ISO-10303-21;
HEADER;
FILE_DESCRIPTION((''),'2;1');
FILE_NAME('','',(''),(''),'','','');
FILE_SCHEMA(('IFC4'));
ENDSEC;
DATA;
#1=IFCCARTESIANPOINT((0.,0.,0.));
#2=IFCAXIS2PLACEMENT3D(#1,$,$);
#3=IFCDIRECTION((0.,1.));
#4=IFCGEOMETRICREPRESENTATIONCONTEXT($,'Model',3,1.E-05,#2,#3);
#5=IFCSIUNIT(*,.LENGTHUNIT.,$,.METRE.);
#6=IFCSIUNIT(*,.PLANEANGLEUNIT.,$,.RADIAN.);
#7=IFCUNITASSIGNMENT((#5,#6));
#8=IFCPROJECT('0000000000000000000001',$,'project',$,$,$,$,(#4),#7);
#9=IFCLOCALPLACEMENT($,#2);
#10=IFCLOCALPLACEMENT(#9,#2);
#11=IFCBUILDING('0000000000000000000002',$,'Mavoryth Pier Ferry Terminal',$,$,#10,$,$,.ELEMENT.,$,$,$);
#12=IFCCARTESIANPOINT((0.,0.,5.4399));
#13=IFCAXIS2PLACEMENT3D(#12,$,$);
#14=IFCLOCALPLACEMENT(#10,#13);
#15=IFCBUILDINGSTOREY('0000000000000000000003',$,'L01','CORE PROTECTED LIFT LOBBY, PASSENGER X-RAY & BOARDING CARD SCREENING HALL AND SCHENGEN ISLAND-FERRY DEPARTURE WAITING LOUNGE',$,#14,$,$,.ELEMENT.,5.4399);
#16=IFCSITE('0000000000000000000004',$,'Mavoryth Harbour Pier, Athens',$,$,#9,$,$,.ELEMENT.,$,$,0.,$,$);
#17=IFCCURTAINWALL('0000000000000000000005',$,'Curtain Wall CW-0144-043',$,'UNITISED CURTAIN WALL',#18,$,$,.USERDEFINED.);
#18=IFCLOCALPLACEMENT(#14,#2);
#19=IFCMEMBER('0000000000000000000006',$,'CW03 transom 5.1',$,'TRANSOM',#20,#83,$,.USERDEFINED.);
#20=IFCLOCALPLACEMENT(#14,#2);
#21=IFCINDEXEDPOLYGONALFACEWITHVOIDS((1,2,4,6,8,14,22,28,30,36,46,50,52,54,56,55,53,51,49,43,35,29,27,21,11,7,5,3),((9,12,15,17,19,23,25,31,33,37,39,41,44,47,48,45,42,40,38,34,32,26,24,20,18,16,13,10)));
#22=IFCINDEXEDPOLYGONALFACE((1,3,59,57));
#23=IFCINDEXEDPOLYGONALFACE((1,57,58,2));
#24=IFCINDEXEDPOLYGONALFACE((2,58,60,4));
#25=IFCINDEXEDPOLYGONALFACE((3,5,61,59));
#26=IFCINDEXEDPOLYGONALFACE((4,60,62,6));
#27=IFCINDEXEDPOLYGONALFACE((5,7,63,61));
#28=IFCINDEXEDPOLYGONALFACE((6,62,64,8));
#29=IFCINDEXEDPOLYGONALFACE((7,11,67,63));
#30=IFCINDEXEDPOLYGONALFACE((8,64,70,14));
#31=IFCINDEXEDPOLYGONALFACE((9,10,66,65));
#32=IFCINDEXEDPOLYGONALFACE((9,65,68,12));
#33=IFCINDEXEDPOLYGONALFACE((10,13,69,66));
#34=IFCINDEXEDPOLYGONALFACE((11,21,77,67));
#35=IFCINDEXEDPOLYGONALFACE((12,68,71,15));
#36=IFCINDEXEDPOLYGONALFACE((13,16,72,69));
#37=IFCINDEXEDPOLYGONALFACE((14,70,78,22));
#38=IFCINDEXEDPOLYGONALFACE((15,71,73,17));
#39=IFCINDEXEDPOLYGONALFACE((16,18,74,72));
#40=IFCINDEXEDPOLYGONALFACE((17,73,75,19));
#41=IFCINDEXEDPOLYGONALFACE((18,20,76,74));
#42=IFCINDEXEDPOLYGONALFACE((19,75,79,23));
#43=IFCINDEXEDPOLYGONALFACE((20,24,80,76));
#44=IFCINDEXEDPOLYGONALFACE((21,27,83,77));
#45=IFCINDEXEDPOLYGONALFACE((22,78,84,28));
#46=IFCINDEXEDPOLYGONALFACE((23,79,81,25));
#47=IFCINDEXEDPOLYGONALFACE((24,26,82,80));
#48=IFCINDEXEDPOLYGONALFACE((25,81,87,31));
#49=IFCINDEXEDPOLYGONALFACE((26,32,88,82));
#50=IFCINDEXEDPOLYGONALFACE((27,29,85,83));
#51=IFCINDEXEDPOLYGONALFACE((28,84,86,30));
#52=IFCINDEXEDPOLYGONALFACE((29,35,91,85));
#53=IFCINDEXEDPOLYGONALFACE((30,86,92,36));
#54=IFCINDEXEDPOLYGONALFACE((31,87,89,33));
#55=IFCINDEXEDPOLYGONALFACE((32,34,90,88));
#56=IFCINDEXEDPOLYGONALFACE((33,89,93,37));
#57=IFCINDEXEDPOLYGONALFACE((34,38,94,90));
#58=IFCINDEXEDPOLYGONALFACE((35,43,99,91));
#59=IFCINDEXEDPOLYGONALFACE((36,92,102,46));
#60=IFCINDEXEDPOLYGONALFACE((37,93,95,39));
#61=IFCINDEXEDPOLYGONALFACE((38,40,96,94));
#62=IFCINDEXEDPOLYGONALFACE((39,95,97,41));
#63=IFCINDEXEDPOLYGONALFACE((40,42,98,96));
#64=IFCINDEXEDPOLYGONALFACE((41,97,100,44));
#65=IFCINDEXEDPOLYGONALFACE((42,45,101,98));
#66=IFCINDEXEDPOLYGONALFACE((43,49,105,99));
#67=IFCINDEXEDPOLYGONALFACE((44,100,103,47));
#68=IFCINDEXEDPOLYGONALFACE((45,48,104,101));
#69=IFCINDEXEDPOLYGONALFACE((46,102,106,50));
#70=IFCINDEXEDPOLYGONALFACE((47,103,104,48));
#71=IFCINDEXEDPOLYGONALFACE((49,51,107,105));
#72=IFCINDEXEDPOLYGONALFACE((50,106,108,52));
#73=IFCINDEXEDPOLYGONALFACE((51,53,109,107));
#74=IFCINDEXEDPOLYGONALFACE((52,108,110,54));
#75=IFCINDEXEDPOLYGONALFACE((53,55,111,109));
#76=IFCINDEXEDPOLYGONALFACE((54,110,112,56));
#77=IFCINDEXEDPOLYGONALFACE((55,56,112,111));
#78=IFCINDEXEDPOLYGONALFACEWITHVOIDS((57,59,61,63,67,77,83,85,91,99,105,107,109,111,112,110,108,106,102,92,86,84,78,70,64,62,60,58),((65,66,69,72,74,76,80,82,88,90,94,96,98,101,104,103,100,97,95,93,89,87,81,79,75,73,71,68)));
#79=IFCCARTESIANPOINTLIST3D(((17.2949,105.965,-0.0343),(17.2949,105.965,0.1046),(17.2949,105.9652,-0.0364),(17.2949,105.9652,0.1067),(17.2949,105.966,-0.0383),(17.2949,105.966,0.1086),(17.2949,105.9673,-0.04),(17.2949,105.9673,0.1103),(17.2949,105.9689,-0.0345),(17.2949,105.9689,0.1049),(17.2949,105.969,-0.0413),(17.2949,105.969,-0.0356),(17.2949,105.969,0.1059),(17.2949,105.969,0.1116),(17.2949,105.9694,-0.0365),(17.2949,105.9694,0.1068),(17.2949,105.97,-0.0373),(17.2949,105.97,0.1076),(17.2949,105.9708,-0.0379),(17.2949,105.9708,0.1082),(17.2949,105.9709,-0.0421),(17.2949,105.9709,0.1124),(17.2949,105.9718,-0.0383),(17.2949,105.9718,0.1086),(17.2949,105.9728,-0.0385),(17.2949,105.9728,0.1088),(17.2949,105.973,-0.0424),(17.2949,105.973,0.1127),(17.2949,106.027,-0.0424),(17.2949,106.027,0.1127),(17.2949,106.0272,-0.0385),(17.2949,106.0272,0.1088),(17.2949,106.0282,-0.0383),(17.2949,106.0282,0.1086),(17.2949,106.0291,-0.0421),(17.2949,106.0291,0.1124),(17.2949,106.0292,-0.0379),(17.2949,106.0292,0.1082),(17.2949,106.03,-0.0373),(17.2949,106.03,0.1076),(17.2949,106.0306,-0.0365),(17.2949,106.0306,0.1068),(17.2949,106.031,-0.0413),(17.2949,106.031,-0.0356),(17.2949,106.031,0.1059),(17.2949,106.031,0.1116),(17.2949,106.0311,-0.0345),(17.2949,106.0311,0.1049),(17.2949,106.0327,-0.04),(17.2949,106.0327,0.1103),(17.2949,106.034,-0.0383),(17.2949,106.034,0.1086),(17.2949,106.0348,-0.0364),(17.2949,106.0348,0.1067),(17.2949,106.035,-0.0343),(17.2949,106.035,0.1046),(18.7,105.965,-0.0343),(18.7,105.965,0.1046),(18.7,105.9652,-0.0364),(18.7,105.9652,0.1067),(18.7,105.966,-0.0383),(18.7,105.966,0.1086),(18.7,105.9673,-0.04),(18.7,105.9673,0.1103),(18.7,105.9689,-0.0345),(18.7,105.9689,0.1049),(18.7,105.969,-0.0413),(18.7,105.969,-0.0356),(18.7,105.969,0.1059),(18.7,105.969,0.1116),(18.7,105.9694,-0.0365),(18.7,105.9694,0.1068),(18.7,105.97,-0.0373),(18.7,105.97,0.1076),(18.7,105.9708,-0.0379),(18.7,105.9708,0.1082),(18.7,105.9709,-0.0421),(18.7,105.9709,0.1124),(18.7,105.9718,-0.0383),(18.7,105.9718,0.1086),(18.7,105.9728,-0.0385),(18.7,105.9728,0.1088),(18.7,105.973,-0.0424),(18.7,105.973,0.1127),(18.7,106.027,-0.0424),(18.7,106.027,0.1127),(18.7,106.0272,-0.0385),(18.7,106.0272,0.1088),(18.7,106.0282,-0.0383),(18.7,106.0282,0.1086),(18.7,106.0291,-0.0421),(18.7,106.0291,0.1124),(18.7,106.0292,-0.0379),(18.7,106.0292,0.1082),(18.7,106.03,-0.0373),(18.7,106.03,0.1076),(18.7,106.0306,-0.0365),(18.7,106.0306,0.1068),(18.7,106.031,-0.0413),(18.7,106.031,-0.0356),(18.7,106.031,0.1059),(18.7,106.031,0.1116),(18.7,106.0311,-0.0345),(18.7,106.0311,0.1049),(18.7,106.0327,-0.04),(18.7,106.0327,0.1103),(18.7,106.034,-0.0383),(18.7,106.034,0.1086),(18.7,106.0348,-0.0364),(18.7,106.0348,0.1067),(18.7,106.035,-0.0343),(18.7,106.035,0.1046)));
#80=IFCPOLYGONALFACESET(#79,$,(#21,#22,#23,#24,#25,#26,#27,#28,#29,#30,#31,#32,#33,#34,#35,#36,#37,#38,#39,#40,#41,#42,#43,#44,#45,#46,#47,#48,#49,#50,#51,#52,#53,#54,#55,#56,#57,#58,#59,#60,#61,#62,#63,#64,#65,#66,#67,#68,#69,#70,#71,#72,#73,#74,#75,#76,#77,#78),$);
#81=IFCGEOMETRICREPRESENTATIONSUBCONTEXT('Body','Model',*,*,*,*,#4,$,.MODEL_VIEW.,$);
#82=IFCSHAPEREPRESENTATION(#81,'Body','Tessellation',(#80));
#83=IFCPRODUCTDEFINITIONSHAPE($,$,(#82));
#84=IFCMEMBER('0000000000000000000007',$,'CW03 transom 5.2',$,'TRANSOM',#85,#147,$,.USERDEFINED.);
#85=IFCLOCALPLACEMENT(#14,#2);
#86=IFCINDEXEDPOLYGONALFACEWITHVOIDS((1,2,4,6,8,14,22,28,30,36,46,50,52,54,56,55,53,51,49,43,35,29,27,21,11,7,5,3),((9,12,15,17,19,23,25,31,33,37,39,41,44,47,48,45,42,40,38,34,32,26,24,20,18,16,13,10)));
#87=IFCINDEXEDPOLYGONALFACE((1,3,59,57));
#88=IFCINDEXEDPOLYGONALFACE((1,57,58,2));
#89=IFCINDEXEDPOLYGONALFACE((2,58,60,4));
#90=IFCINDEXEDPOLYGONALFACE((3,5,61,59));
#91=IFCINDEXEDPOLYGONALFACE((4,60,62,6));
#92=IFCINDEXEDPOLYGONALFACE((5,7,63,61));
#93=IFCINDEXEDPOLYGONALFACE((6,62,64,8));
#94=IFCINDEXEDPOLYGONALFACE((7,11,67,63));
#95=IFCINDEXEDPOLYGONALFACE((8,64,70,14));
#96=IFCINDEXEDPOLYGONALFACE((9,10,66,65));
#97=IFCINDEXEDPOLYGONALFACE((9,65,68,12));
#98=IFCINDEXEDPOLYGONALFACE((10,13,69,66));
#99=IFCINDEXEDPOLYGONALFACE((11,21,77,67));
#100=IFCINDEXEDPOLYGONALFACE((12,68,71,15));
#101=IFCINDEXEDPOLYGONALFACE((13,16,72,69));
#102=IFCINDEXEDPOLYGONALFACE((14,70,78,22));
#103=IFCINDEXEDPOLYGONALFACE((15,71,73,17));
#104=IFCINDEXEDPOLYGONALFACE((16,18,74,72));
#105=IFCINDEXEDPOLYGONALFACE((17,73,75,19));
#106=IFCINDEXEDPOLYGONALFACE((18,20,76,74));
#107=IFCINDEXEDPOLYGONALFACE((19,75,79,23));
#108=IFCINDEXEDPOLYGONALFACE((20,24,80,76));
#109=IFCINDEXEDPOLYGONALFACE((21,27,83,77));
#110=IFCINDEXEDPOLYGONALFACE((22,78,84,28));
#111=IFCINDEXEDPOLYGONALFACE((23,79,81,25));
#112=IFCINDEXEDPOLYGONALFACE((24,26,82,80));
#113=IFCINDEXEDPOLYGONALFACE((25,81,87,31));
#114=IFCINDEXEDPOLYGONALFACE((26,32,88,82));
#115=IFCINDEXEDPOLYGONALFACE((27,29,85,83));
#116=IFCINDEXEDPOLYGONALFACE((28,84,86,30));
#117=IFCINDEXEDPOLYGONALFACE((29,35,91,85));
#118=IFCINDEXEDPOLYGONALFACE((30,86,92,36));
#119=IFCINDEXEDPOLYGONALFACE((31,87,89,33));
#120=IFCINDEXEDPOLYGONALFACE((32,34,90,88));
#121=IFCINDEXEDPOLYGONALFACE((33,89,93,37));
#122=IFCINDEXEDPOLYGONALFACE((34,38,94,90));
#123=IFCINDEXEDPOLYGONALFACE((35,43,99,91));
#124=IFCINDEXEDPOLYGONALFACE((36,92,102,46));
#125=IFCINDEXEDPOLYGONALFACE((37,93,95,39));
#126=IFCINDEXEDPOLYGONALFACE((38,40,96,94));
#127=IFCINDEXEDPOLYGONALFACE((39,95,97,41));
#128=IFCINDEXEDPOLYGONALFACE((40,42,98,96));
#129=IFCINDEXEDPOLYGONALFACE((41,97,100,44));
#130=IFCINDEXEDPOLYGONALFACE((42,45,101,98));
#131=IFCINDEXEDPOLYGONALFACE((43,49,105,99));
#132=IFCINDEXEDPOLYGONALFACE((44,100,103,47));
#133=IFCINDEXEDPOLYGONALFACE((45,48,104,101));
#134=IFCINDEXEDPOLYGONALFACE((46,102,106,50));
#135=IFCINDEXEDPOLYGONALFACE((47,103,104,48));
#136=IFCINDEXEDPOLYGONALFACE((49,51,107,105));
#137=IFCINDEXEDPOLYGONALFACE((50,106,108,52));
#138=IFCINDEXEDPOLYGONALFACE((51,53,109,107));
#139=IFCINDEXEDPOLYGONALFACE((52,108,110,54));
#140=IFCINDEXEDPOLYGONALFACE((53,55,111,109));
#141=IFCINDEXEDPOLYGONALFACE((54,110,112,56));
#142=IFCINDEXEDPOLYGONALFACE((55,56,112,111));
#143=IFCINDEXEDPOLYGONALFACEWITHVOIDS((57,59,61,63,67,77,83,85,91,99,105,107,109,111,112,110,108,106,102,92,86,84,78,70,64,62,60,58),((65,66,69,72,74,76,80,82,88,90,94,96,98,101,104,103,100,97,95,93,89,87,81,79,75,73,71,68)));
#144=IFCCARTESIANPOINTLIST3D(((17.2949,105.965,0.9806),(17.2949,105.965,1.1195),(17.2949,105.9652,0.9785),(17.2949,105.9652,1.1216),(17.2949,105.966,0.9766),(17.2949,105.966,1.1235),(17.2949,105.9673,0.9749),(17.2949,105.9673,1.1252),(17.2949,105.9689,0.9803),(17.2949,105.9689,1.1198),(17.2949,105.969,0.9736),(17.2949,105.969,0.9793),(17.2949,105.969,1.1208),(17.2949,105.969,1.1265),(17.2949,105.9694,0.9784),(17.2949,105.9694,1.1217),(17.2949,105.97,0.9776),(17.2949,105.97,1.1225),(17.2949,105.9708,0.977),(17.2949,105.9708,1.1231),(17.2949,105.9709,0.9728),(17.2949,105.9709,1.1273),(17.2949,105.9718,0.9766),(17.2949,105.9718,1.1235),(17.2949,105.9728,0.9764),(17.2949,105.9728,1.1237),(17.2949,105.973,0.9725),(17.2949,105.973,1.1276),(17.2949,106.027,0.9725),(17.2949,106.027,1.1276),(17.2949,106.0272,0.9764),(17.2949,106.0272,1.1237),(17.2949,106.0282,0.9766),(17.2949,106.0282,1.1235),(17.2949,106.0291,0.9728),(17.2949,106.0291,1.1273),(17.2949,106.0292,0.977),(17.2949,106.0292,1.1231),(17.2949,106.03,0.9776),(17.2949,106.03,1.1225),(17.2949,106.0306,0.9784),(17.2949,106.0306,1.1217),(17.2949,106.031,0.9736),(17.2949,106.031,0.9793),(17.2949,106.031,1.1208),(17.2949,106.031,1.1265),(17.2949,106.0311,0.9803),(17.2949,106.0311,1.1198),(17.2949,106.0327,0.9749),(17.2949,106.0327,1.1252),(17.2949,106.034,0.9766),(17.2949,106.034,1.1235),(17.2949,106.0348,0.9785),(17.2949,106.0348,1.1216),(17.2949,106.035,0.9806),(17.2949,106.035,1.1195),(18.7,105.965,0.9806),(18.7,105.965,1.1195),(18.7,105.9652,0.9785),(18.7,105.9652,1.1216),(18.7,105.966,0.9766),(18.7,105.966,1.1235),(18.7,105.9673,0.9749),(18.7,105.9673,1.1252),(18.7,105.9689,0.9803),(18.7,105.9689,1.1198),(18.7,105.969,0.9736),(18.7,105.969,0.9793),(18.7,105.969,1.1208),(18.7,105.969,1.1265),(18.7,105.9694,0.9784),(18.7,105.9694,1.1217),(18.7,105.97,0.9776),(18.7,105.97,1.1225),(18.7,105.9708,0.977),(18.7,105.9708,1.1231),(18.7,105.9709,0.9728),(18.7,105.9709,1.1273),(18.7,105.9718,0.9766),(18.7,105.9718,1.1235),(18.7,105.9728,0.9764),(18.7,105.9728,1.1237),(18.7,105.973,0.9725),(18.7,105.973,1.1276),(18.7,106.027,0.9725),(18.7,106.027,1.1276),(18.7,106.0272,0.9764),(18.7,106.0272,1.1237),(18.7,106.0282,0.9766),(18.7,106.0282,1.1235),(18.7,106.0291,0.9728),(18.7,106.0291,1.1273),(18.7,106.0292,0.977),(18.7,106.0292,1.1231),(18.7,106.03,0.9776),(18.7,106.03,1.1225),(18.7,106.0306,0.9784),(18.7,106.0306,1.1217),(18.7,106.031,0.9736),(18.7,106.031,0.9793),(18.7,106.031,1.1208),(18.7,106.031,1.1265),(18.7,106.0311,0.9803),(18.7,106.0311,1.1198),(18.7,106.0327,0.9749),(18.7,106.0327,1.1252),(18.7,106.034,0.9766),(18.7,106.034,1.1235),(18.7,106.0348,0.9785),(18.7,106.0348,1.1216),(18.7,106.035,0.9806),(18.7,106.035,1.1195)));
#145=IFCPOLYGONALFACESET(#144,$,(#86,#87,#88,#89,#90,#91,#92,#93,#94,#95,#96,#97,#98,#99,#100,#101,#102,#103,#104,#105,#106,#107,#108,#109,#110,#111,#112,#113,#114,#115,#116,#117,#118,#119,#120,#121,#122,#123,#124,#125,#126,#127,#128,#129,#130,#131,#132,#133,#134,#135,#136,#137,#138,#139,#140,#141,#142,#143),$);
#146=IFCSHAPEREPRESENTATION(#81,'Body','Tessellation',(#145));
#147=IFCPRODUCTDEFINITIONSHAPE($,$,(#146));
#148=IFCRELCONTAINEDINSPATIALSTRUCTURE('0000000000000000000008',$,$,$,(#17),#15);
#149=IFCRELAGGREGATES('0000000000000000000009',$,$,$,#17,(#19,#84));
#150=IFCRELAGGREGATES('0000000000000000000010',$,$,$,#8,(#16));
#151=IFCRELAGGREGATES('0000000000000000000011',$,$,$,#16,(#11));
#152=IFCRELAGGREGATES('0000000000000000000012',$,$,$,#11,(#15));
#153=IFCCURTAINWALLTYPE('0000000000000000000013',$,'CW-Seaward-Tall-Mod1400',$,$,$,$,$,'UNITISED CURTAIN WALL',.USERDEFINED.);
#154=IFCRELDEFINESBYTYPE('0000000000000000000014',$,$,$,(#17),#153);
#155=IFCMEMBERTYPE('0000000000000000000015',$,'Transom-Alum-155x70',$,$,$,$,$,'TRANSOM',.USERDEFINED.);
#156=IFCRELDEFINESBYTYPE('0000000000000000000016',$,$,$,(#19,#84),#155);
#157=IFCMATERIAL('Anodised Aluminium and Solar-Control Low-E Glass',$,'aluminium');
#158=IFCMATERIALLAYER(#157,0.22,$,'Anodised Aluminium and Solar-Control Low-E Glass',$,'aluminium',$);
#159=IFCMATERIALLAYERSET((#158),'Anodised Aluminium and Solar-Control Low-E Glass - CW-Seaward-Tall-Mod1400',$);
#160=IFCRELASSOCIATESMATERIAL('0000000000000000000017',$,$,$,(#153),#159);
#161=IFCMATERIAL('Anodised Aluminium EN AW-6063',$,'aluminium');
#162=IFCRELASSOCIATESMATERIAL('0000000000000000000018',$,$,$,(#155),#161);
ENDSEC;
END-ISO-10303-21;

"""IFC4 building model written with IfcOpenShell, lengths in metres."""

from ifc_helpers import new_model, si_unit, direction, frame, origin, origin_2d, place, context, subcontext, project, spatial, hollow_rectangle, extrude, material, layer, layer_set, material_profile, profile_set, type_object, element, aggregate, save


model = new_model("IFC4")

# Units and contexts
model_context = context("Model", 3, precision=1e-05, world=origin(), true_north=direction((0.0, 1.0)))
body_context = subcontext(model_context, "Body", "Model", "MODEL_VIEW")
ifc_project = project(units=[si_unit("LENGTHUNIT", "METRE"), si_unit("PLANEANGLEUNIT", "RADIAN")], contexts=[model_context])

# Site, building, storey
site_placement = place(None, origin())
site = spatial("IfcSite", under=ifc_project, at=site_placement, Name="Mavoryth Harbour Pier, Athens", CompositionType="ELEMENT", RefElevation=0.0)
building_placement = place(site_placement, origin())
building = spatial("IfcBuilding", under=site, at=building_placement, Name="Mavoryth Pier Ferry Terminal", CompositionType="ELEMENT")
storey_placement = place(building_placement, frame((0.0, 0.0, 5.4399)))
storey = spatial("IfcBuildingStorey", under=building, at=storey_placement, Name="L01", Description="CORE PROTECTED LIFT LOBBY, PASSENGER X-RAY & BOARDING CARD SCREENING HALL AND SCHENGEN ISLAND-FERRY DEPARTURE WAITING LOUNGE", CompositionType="ELEMENT", Elevation=5.4399)

# Curtain wall
ifc_material_1 = material(Name="Anodised Aluminium and Solar-Control Low-E Glass", Category="aluminium")
ifc_layer_1 = layer(ifc_material_1, 0.22, Name="Anodised Aluminium and Solar-Control Low-E Glass", Category="aluminium")
ifc_layer_set_1 = layer_set([ifc_layer_1], Name="Anodised Aluminium and Solar-Control Low-E Glass - CW-Seaward-Tall-Mod1400")
curtain_wall_type = type_object("IfcCurtainWallType", Name="CW-Seaward-Tall-Mod1400", ElementType="UNITISED CURTAIN WALL", PredefinedType="USERDEFINED", material=ifc_layer_set_1)
curtain_wall_placement = place(storey_placement, origin())
curtain_wall = element("IfcCurtainWall", 1, at=curtain_wall_placement, inside=storey, type_object=curtain_wall_type, Name="Curtain Wall CW-0144-043", ObjectType="UNITISED CURTAIN WALL", PredefinedType="USERDEFINED")
ifc_material_2 = material(Name="Anodised Aluminium EN AW-6063", Category="aluminium")

# Members
ifc_material_profile_1 = material_profile(ifc_material_2, hollow_rectangle(XDim=0.0701, YDim=0.155, WallThickness=0.0039, InnerFilletRadius=0.0039, OuterFilletRadius=0.0081, at=origin_2d()), Name="AL-TRAN 155x70x4", Category="aluminium")
ifc_profile_set_1 = profile_set([ifc_material_profile_1], Name="Anodised Aluminium EN AW-6063 - AL-TRAN 155x70x4")
member_type_1 = type_object("IfcMemberType", Name="Transom-Alum-155x70", ElementType="TRANSOM", PredefinedType="USERDEFINED", material=ifc_profile_set_1)
member_1_placement = place(storey_placement, frame((18.7, 106.0, 0.0352), z_axis=(-1.0, 0.0, 0.0), x_axis=(0.0, -1.0, 0.0)))
member_1 = element("IfcMember", 2, at=member_1_placement, type_object=member_type_1, Name="CW03 transom 5.1", ObjectType="TRANSOM", PredefinedType="USERDEFINED", context=body_context, shape_type="SweptSolid", body=[
    extrude(hollow_rectangle(XDim=0.0701, YDim=0.155, WallThickness=0.0039, InnerFilletRadius=0.0039, OuterFilletRadius=0.0081, at=origin_2d()), origin(), (0.0, 0.0, 1.0), 1.405),
])
member_2_placement = place(storey_placement, frame((18.7, 106.0, 1.05), z_axis=(-1.0, 0.0, 0.0), x_axis=(0.0, -1.0, 0.0)))
member_2 = element("IfcMember", 3, at=member_2_placement, type_object=member_type_1, Name="CW03 transom 5.2", ObjectType="TRANSOM", PredefinedType="USERDEFINED", context=body_context, shape_type="SweptSolid", body=[
    extrude(hollow_rectangle(XDim=0.0701, YDim=0.155, WallThickness=0.0039, InnerFilletRadius=0.0039, OuterFilletRadius=0.0081, at=origin_2d()), origin(), (0.0, 0.0, 1.0), 1.405),
])

aggregate(curtain_wall, [member_1, member_2])

save(model, "model.ifc")
